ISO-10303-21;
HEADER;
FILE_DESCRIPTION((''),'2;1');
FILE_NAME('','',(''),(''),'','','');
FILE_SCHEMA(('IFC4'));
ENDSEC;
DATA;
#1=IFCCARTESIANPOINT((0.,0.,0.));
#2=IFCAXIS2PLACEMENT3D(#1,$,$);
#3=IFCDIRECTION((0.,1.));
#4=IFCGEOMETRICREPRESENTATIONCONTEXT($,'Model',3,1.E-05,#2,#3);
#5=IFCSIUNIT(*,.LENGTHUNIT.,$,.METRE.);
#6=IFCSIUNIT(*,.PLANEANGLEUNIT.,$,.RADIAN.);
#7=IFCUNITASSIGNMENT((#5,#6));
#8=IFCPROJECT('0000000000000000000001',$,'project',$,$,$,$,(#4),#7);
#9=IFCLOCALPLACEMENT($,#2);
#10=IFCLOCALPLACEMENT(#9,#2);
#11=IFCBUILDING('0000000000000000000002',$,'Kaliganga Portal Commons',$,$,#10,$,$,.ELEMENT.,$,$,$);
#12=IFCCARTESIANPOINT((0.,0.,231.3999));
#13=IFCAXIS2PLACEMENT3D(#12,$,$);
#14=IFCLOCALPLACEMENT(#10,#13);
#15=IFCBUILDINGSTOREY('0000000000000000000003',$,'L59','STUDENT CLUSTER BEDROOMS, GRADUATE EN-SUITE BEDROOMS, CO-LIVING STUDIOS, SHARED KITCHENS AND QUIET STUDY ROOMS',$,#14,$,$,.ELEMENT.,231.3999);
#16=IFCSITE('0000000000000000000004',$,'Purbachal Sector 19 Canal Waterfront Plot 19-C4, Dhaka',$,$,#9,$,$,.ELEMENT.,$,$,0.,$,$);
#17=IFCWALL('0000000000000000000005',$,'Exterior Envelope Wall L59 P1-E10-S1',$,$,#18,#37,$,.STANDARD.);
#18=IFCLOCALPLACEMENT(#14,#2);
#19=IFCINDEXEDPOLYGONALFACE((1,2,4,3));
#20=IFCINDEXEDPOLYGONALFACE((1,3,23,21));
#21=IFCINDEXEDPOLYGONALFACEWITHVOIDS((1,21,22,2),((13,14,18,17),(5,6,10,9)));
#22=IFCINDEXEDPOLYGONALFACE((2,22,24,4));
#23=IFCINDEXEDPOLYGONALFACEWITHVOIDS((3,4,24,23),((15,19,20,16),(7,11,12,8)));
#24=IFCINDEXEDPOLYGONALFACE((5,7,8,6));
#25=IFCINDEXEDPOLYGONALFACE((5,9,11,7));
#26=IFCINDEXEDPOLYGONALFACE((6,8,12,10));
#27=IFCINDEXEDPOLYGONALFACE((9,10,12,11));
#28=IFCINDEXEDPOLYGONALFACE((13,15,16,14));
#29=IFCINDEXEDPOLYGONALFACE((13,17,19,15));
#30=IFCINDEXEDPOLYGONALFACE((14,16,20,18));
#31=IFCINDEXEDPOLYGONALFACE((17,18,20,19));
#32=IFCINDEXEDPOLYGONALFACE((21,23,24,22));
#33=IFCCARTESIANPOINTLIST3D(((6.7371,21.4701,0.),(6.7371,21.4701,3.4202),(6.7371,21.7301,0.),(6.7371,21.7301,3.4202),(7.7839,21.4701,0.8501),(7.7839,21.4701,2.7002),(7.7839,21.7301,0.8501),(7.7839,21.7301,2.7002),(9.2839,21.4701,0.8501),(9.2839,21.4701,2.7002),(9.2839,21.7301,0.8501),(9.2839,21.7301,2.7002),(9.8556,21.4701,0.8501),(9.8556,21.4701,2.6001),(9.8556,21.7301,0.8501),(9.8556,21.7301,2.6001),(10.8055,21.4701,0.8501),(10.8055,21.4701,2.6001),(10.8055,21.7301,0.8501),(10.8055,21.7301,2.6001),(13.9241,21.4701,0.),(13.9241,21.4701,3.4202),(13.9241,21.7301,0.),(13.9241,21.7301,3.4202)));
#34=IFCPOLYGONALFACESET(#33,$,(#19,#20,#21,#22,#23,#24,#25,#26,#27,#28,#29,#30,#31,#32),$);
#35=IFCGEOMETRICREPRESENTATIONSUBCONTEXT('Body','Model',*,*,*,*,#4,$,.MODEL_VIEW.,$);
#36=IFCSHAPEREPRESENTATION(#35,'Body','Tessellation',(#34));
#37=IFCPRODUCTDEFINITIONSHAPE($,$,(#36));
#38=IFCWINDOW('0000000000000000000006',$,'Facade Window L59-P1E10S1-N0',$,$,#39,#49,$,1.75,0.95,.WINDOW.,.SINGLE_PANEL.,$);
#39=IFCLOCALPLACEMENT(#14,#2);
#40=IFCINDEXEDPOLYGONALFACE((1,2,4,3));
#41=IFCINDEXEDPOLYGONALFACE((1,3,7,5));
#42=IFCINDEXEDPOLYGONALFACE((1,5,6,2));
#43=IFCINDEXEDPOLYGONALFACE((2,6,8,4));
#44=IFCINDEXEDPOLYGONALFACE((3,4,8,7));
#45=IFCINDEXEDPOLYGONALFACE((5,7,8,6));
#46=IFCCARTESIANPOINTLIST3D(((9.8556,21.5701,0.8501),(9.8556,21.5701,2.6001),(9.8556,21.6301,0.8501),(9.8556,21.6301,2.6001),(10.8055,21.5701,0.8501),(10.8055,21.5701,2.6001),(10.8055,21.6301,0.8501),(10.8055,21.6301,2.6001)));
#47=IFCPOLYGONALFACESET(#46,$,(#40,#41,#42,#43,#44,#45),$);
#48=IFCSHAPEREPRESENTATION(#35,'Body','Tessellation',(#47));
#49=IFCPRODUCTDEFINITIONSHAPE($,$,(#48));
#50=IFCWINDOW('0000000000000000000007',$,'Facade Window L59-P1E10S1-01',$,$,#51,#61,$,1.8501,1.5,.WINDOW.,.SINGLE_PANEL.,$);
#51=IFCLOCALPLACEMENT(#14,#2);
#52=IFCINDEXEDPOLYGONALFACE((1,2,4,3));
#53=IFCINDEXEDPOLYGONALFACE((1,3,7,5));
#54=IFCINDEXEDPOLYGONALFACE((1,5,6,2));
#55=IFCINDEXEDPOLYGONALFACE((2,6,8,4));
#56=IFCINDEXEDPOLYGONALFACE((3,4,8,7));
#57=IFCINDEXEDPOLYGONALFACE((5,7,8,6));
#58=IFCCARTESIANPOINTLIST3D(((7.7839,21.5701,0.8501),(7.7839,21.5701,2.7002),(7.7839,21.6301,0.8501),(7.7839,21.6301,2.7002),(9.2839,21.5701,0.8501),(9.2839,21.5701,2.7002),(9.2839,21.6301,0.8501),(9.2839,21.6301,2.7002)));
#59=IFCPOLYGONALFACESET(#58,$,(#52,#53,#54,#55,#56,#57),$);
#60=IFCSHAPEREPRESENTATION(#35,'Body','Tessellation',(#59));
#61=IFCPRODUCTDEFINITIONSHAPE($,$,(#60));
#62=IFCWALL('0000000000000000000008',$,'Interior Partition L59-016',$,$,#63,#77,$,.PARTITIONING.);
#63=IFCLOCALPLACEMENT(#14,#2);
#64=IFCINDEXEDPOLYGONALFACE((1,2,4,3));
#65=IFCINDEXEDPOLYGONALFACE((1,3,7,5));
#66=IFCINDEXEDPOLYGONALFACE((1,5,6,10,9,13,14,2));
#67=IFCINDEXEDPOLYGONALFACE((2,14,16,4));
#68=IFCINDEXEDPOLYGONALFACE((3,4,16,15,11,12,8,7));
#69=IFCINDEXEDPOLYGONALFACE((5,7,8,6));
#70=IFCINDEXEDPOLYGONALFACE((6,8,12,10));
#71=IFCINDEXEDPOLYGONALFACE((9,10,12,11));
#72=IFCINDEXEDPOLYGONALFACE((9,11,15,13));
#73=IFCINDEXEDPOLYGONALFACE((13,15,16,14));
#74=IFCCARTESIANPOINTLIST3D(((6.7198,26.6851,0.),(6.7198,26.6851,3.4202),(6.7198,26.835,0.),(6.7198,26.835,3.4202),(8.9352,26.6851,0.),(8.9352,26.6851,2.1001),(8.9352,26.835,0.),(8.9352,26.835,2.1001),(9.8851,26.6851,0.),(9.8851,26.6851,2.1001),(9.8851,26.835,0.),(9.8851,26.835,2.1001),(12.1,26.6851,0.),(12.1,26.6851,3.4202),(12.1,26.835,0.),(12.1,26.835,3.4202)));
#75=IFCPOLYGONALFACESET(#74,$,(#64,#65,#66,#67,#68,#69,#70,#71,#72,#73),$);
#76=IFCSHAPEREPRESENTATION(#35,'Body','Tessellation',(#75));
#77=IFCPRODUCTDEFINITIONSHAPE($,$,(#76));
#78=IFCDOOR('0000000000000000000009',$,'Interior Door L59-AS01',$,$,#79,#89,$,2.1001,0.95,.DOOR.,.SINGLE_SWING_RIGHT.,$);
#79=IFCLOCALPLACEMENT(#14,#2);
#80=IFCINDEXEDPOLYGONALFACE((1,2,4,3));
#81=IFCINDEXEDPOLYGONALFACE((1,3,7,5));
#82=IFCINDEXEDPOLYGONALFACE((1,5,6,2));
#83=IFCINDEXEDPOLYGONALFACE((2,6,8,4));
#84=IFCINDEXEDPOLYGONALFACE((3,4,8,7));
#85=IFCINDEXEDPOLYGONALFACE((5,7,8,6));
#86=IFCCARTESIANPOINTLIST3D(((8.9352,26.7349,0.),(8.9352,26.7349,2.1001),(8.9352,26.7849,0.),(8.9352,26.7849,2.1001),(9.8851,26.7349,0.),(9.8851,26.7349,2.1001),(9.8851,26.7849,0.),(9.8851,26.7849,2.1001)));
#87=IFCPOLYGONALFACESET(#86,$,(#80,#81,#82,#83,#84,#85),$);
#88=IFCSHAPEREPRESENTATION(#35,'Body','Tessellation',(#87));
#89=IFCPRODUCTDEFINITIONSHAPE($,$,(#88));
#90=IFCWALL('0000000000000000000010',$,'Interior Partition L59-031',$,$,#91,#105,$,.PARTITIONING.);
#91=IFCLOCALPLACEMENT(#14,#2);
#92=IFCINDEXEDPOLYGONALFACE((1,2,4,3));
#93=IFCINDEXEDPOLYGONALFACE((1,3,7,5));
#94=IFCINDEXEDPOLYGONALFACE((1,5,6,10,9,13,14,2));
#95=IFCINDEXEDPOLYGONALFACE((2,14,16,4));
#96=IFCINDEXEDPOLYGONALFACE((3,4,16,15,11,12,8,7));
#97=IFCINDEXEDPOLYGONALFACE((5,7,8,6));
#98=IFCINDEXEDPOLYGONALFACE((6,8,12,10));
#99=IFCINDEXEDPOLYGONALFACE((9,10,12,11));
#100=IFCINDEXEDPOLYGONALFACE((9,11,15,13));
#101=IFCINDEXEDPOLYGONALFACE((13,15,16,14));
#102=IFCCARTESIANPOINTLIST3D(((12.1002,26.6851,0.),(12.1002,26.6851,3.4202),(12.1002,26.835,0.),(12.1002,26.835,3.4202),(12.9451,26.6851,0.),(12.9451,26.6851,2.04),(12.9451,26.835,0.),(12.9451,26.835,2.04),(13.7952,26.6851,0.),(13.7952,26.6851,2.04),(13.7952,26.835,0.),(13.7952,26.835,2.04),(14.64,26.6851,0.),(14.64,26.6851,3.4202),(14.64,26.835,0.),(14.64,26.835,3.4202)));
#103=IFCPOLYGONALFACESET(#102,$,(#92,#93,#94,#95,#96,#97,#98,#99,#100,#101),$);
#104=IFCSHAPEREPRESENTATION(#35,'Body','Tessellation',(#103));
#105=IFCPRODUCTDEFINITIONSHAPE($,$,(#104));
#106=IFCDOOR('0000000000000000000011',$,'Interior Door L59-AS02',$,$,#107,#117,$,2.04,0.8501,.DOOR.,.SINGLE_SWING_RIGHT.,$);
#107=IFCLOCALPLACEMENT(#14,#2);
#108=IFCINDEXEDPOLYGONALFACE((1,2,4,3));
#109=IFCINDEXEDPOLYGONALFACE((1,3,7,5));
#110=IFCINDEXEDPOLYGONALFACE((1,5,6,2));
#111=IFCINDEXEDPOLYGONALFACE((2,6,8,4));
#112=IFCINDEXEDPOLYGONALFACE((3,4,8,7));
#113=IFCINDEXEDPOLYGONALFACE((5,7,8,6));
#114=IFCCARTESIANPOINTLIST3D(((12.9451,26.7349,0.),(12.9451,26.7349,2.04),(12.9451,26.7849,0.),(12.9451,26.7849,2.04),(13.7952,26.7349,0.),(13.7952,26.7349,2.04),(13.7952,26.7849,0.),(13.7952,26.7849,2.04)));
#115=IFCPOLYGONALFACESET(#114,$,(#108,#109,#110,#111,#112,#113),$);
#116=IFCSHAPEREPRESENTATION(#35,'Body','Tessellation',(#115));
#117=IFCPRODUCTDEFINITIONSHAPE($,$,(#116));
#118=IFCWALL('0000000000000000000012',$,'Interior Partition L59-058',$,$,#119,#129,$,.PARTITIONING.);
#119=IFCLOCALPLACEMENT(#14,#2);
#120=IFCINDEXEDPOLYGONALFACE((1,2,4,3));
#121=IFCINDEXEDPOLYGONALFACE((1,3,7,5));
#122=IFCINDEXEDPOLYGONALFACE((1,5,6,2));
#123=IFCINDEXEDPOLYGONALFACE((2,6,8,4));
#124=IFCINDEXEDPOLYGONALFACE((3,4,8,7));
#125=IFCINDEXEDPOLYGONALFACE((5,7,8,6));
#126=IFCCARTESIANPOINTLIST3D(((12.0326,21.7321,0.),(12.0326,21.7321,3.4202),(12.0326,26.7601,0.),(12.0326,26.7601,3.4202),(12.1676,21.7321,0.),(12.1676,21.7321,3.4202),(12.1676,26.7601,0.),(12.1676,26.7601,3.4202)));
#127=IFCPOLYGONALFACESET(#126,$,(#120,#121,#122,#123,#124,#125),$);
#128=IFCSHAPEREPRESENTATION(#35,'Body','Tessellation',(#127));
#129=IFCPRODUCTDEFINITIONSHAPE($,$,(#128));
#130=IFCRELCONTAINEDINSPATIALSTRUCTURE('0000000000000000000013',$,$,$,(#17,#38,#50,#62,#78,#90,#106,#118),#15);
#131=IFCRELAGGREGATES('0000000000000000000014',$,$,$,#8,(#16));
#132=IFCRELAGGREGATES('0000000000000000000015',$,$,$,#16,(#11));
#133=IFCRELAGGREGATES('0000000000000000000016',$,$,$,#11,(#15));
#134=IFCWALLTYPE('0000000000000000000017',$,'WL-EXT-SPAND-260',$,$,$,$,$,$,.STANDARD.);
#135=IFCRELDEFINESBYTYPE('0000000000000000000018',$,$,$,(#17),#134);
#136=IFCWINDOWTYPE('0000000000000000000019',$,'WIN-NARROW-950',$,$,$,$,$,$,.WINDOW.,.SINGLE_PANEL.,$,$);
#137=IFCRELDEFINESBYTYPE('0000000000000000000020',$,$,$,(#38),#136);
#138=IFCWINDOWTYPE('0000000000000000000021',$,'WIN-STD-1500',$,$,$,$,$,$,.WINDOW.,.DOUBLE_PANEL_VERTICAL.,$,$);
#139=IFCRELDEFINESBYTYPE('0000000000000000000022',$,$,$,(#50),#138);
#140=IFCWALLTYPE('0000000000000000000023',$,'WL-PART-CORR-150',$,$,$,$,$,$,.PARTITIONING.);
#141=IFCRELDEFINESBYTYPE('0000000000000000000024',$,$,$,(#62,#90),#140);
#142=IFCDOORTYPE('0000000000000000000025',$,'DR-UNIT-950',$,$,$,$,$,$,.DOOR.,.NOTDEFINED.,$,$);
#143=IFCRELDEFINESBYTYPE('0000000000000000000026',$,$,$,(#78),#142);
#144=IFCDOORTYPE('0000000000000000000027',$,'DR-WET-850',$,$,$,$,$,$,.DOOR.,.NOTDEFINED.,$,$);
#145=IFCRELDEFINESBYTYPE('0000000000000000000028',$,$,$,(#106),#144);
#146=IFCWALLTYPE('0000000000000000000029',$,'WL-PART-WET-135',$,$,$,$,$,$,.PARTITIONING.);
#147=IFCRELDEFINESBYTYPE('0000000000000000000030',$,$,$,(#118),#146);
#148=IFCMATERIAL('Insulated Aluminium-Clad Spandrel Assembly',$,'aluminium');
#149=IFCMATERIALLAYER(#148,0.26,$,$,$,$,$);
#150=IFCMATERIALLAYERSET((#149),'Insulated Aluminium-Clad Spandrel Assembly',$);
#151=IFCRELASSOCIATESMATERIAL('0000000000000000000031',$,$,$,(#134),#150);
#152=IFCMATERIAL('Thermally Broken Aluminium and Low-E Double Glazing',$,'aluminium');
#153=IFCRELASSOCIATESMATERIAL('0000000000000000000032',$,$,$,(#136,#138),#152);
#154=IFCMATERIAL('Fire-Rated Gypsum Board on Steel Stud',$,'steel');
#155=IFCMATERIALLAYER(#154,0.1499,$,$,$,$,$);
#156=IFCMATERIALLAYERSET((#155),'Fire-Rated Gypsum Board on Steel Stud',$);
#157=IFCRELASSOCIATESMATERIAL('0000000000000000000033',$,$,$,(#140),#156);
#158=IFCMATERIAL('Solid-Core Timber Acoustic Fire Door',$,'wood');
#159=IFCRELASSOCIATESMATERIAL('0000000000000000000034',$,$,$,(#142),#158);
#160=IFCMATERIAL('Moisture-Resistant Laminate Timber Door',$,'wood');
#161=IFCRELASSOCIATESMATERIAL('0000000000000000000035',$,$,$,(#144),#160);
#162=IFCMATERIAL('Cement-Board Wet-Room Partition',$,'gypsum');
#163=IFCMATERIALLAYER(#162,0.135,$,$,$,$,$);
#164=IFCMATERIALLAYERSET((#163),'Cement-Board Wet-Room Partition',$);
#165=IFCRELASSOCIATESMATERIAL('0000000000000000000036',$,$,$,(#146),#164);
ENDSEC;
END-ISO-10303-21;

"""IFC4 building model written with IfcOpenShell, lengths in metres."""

from ifc_helpers import new_model, si_unit, direction, frame, frame_2d, origin, place, context, subcontext, project, spatial, rectangle, extrude, material, layer, layer_set, type_object, element, fill, save


model = new_model("IFC4")

# Units and contexts
model_context = context("Model", 3, precision=1e-05, world=origin(), true_north=direction((0.0, 1.0)))
body_context = subcontext(model_context, "Body", "Model", "MODEL_VIEW")
ifc_project = project(units=[si_unit("LENGTHUNIT", "METRE"), si_unit("PLANEANGLEUNIT", "RADIAN")], contexts=[model_context])

# Site, building, storey
site_placement = place(None, origin())
site = spatial("IfcSite", under=ifc_project, at=site_placement, Name="Purbachal Sector 19 Canal Waterfront Plot 19-C4, Dhaka", CompositionType="ELEMENT", RefElevation=0.0)
building_placement = place(site_placement, origin())
building = spatial("IfcBuilding", under=site, at=building_placement, Name="Kaliganga Portal Commons", CompositionType="ELEMENT")
storey_placement = place(building_placement, frame((0.0, 0.0, 231.3999)))
storey = spatial("IfcBuildingStorey", under=building, at=storey_placement, Name="L59", Description="STUDENT CLUSTER BEDROOMS, GRADUATE EN-SUITE BEDROOMS, CO-LIVING STUDIOS, SHARED KITCHENS AND QUIET STUDY ROOMS", CompositionType="ELEMENT", Elevation=231.3999)

# Wall, openings, windows
ifc_material_1 = material(Name="Insulated Aluminium-Clad Spandrel Assembly", Category="aluminium")
ifc_layer_1 = layer(ifc_material_1, 0.26)
ifc_layer_set_1 = layer_set([ifc_layer_1], Name="Insulated Aluminium-Clad Spandrel Assembly")
wall_type_1 = type_object("IfcWallType", Name="WL-EXT-SPAND-260", PredefinedType="STANDARD", material=ifc_layer_set_1)
wall_1_placement = place(storey_placement, frame((13.9241, 21.6001, 0.0), z_axis=(0.0, 0.0, 1.0), x_axis=(-1.0, 0.0, 0.0)))
wall_1 = element("IfcWall", 1, at=wall_1_placement, inside=storey, type_object=wall_type_1, Name="Exterior Envelope Wall L59 P1-E10-S1", PredefinedType="STANDARD", context=body_context, shape_type="SweptSolid", body=[
    extrude(rectangle(XDim=7.187, YDim=0.26, at=frame_2d((3.5935, 0.0))), origin(), (0.0, 0.0, 1.0), 3.4202),
])
opening_1_placement = place(wall_1_placement, frame((4.6401, 0.0, 0.8501)))
opening_1 = element("IfcOpeningElement", 2, at=opening_1_placement, cuts=wall_1, PredefinedType="OPENING", context=body_context, shape_type="SweptSolid", body=[
    extrude(rectangle(XDim=1.5, YDim=1.8501, at=frame_2d((0.75, 0.925))), frame((0.0, 0.1401, 0.0), z_axis=(0.0, -1.0, 0.0), x_axis=(1.0, 0.0, 0.0)), (0.0, 0.0, 1.0), 0.28),
])
opening_2_placement = place(wall_1_placement, frame((3.1184, 0.0, 0.8501)))
opening_2 = element("IfcOpeningElement", 3, at=opening_2_placement, cuts=wall_1, PredefinedType="OPENING", context=body_context, shape_type="SweptSolid", body=[
    extrude(rectangle(XDim=0.95, YDim=1.75, at=frame_2d((0.4751, 0.875))), frame((0.0, 0.1401, 0.0), z_axis=(0.0, -1.0, 0.0), x_axis=(1.0, 0.0, 0.0)), (0.0, 0.0, 1.0), 0.28),
])
ifc_material_2 = material(Name="Thermally Broken Aluminium and Low-E Double Glazing", Category="aluminium")
window_type_1 = type_object("IfcWindowType", Name="WIN-NARROW-950", PartitioningType="SINGLE_PANEL", PredefinedType="WINDOW", material=ifc_material_2)
window_1_placement = place(opening_2_placement, origin())
window_1 = element("IfcWindow", 4, at=window_1_placement, inside=storey, type_object=window_type_1, Name="Facade Window L59-P1E10S1-N0", OverallHeight=1.75, OverallWidth=0.95, PartitioningType="SINGLE_PANEL", PredefinedType="WINDOW", context=body_context, shape_type="SweptSolid", body=[
    extrude(rectangle(XDim=0.95, YDim=1.75, at=frame_2d((0.4751, 0.875))), frame((0.0, 0.03, 0.0), z_axis=(0.0, -1.0, 0.0), x_axis=(1.0, 0.0, 0.0)), (0.0, 0.0, 1.0), 0.0601),
])
fill(opening_2, window_1)
window_type_2 = type_object("IfcWindowType", Name="WIN-STD-1500", PartitioningType="DOUBLE_PANEL_VERTICAL", PredefinedType="WINDOW", material=ifc_material_2)
window_2_placement = place(opening_1_placement, origin())
window_2 = element("IfcWindow", 5, at=window_2_placement, inside=storey, type_object=window_type_2, Name="Facade Window L59-P1E10S1-01", OverallHeight=1.8501, OverallWidth=1.5, PartitioningType="SINGLE_PANEL", PredefinedType="WINDOW", context=body_context, shape_type="SweptSolid", body=[
    extrude(rectangle(XDim=1.5, YDim=1.8501, at=frame_2d((0.75, 0.925))), frame((0.0, 0.03, 0.0), z_axis=(0.0, -1.0, 0.0), x_axis=(1.0, 0.0, 0.0)), (0.0, 0.0, 1.0), 0.0601),
])
fill(opening_1, window_2)

# Walls, openings, doors
ifc_material_3 = material(Name="Fire-Rated Gypsum Board on Steel Stud", Category="steel")
ifc_layer_2 = layer(ifc_material_3, 0.1499)
ifc_layer_set_2 = layer_set([ifc_layer_2], Name="Fire-Rated Gypsum Board on Steel Stud")
wall_type_2 = type_object("IfcWallType", Name="WL-PART-CORR-150", PredefinedType="PARTITIONING", material=ifc_layer_set_2)
wall_2_placement = place(storey_placement, frame((6.72, 26.76, 0.0), z_axis=(0.0, 0.0, 1.0), x_axis=(1.0, 0.0, 0.0)))
wall_2 = element("IfcWall", 6, at=wall_2_placement, inside=storey, type_object=wall_type_2, Name="Interior Partition L59-016", PredefinedType="PARTITIONING", context=body_context, shape_type="SweptSolid", body=[
    extrude(rectangle(XDim=5.3801, YDim=0.1499, at=frame_2d((2.6899, 0.0))), origin(), (0.0, 0.0, 1.0), 3.4202),
])
opening_3_placement = place(wall_2_placement, frame((2.2151, 0.0, 0.0)))
opening_3 = element("IfcOpeningElement", 7, at=opening_3_placement, cuts=wall_2, PredefinedType="OPENING", context=body_context, shape_type="SweptSolid", body=[
    extrude(rectangle(XDim=0.95, YDim=2.1001, at=frame_2d((0.4751, 1.05))), frame((0.0, 0.085, 0.0), z_axis=(0.0, -1.0, 0.0), x_axis=(1.0, 0.0, 0.0)), (0.0, 0.0, 1.0), 0.1699),
])
ifc_material_4 = material(Name="Solid-Core Timber Acoustic Fire Door", Category="wood")
door_type_1 = type_object("IfcDoorType", Name="DR-UNIT-950", OperationType="NOTDEFINED", PredefinedType="DOOR", material=ifc_material_4)
door_1_placement = place(opening_3_placement, origin())
door_1 = element("IfcDoor", 8, at=door_1_placement, inside=storey, type_object=door_type_1, Name="Interior Door L59-AS01", OperationType="SINGLE_SWING_RIGHT", OverallHeight=2.1001, OverallWidth=0.95, PredefinedType="DOOR", context=body_context, shape_type="SweptSolid", body=[
    extrude(rectangle(XDim=0.95, YDim=2.1001, at=frame_2d((0.4751, 1.05))), frame((0.0, 0.0249, 0.0), z_axis=(0.0, -1.0, 0.0), x_axis=(1.0, 0.0, 0.0)), (0.0, 0.0, 1.0), 0.05),
])
fill(opening_3, door_1)
wall_3_placement = place(storey_placement, frame((12.1001, 26.76, 0.0), z_axis=(0.0, 0.0, 1.0), x_axis=(1.0, 0.0, 0.0)))
wall_3 = element("IfcWall", 9, at=wall_3_placement, inside=storey, type_object=wall_type_2, Name="Interior Partition L59-031", PredefinedType="PARTITIONING", context=body_context, shape_type="SweptSolid", body=[
    extrude(rectangle(XDim=2.5398, YDim=0.1499, at=frame_2d((1.27, 0.0))), origin(), (0.0, 0.0, 1.0), 3.4202),
])
opening_4_placement = place(wall_3_placement, frame((0.845, 0.0, 0.0)))
opening_4 = element("IfcOpeningElement", 10, at=opening_4_placement, cuts=wall_3, PredefinedType="OPENING", context=body_context, shape_type="SweptSolid", body=[
    extrude(rectangle(XDim=0.8501, YDim=2.04, at=frame_2d((0.425, 1.02))), frame((0.0, 0.085, 0.0), z_axis=(0.0, -1.0, 0.0), x_axis=(1.0, 0.0, 0.0)), (0.0, 0.0, 1.0), 0.1699),
])
ifc_material_5 = material(Name="Moisture-Resistant Laminate Timber Door", Category="wood")
door_type_2 = type_object("IfcDoorType", Name="DR-WET-850", OperationType="NOTDEFINED", PredefinedType="DOOR", material=ifc_material_5)
door_2_placement = place(opening_4_placement, origin())
door_2 = element("IfcDoor", 11, at=door_2_placement, inside=storey, type_object=door_type_2, Name="Interior Door L59-AS02", OperationType="SINGLE_SWING_RIGHT", OverallHeight=2.04, OverallWidth=0.8501, PredefinedType="DOOR", context=body_context, shape_type="SweptSolid", body=[
    extrude(rectangle(XDim=0.8501, YDim=2.04, at=frame_2d((0.425, 1.02))), frame((0.0, 0.0249, 0.0), z_axis=(0.0, -1.0, 0.0), x_axis=(1.0, 0.0, 0.0)), (0.0, 0.0, 1.0), 0.05),
])
fill(opening_4, door_2)

# Wall
ifc_material_6 = material(Name="Cement-Board Wet-Room Partition", Category="gypsum")
ifc_layer_3 = layer(ifc_material_6, 0.135)
ifc_layer_set_3 = layer_set([ifc_layer_3], Name="Cement-Board Wet-Room Partition")
wall_type_3 = type_object("IfcWallType", Name="WL-PART-WET-135", PredefinedType="PARTITIONING", material=ifc_layer_set_3)
wall_4_placement = place(storey_placement, frame((12.1001, 21.7319, 0.0), z_axis=(0.0, 0.0, 1.0), x_axis=(0.0, 1.0, 0.0)))
element("IfcWall", 12, at=wall_4_placement, inside=storey, type_object=wall_type_3, Name="Interior Partition L59-058", PredefinedType="PARTITIONING", context=body_context, shape_type="SweptSolid", body=[
    extrude(rectangle(XDim=5.0281, YDim=0.135, at=frame_2d((2.5142, 0.0))), origin(), (0.0, 0.0, 1.0), 3.4202),
])

save(model, "model.ifc")
